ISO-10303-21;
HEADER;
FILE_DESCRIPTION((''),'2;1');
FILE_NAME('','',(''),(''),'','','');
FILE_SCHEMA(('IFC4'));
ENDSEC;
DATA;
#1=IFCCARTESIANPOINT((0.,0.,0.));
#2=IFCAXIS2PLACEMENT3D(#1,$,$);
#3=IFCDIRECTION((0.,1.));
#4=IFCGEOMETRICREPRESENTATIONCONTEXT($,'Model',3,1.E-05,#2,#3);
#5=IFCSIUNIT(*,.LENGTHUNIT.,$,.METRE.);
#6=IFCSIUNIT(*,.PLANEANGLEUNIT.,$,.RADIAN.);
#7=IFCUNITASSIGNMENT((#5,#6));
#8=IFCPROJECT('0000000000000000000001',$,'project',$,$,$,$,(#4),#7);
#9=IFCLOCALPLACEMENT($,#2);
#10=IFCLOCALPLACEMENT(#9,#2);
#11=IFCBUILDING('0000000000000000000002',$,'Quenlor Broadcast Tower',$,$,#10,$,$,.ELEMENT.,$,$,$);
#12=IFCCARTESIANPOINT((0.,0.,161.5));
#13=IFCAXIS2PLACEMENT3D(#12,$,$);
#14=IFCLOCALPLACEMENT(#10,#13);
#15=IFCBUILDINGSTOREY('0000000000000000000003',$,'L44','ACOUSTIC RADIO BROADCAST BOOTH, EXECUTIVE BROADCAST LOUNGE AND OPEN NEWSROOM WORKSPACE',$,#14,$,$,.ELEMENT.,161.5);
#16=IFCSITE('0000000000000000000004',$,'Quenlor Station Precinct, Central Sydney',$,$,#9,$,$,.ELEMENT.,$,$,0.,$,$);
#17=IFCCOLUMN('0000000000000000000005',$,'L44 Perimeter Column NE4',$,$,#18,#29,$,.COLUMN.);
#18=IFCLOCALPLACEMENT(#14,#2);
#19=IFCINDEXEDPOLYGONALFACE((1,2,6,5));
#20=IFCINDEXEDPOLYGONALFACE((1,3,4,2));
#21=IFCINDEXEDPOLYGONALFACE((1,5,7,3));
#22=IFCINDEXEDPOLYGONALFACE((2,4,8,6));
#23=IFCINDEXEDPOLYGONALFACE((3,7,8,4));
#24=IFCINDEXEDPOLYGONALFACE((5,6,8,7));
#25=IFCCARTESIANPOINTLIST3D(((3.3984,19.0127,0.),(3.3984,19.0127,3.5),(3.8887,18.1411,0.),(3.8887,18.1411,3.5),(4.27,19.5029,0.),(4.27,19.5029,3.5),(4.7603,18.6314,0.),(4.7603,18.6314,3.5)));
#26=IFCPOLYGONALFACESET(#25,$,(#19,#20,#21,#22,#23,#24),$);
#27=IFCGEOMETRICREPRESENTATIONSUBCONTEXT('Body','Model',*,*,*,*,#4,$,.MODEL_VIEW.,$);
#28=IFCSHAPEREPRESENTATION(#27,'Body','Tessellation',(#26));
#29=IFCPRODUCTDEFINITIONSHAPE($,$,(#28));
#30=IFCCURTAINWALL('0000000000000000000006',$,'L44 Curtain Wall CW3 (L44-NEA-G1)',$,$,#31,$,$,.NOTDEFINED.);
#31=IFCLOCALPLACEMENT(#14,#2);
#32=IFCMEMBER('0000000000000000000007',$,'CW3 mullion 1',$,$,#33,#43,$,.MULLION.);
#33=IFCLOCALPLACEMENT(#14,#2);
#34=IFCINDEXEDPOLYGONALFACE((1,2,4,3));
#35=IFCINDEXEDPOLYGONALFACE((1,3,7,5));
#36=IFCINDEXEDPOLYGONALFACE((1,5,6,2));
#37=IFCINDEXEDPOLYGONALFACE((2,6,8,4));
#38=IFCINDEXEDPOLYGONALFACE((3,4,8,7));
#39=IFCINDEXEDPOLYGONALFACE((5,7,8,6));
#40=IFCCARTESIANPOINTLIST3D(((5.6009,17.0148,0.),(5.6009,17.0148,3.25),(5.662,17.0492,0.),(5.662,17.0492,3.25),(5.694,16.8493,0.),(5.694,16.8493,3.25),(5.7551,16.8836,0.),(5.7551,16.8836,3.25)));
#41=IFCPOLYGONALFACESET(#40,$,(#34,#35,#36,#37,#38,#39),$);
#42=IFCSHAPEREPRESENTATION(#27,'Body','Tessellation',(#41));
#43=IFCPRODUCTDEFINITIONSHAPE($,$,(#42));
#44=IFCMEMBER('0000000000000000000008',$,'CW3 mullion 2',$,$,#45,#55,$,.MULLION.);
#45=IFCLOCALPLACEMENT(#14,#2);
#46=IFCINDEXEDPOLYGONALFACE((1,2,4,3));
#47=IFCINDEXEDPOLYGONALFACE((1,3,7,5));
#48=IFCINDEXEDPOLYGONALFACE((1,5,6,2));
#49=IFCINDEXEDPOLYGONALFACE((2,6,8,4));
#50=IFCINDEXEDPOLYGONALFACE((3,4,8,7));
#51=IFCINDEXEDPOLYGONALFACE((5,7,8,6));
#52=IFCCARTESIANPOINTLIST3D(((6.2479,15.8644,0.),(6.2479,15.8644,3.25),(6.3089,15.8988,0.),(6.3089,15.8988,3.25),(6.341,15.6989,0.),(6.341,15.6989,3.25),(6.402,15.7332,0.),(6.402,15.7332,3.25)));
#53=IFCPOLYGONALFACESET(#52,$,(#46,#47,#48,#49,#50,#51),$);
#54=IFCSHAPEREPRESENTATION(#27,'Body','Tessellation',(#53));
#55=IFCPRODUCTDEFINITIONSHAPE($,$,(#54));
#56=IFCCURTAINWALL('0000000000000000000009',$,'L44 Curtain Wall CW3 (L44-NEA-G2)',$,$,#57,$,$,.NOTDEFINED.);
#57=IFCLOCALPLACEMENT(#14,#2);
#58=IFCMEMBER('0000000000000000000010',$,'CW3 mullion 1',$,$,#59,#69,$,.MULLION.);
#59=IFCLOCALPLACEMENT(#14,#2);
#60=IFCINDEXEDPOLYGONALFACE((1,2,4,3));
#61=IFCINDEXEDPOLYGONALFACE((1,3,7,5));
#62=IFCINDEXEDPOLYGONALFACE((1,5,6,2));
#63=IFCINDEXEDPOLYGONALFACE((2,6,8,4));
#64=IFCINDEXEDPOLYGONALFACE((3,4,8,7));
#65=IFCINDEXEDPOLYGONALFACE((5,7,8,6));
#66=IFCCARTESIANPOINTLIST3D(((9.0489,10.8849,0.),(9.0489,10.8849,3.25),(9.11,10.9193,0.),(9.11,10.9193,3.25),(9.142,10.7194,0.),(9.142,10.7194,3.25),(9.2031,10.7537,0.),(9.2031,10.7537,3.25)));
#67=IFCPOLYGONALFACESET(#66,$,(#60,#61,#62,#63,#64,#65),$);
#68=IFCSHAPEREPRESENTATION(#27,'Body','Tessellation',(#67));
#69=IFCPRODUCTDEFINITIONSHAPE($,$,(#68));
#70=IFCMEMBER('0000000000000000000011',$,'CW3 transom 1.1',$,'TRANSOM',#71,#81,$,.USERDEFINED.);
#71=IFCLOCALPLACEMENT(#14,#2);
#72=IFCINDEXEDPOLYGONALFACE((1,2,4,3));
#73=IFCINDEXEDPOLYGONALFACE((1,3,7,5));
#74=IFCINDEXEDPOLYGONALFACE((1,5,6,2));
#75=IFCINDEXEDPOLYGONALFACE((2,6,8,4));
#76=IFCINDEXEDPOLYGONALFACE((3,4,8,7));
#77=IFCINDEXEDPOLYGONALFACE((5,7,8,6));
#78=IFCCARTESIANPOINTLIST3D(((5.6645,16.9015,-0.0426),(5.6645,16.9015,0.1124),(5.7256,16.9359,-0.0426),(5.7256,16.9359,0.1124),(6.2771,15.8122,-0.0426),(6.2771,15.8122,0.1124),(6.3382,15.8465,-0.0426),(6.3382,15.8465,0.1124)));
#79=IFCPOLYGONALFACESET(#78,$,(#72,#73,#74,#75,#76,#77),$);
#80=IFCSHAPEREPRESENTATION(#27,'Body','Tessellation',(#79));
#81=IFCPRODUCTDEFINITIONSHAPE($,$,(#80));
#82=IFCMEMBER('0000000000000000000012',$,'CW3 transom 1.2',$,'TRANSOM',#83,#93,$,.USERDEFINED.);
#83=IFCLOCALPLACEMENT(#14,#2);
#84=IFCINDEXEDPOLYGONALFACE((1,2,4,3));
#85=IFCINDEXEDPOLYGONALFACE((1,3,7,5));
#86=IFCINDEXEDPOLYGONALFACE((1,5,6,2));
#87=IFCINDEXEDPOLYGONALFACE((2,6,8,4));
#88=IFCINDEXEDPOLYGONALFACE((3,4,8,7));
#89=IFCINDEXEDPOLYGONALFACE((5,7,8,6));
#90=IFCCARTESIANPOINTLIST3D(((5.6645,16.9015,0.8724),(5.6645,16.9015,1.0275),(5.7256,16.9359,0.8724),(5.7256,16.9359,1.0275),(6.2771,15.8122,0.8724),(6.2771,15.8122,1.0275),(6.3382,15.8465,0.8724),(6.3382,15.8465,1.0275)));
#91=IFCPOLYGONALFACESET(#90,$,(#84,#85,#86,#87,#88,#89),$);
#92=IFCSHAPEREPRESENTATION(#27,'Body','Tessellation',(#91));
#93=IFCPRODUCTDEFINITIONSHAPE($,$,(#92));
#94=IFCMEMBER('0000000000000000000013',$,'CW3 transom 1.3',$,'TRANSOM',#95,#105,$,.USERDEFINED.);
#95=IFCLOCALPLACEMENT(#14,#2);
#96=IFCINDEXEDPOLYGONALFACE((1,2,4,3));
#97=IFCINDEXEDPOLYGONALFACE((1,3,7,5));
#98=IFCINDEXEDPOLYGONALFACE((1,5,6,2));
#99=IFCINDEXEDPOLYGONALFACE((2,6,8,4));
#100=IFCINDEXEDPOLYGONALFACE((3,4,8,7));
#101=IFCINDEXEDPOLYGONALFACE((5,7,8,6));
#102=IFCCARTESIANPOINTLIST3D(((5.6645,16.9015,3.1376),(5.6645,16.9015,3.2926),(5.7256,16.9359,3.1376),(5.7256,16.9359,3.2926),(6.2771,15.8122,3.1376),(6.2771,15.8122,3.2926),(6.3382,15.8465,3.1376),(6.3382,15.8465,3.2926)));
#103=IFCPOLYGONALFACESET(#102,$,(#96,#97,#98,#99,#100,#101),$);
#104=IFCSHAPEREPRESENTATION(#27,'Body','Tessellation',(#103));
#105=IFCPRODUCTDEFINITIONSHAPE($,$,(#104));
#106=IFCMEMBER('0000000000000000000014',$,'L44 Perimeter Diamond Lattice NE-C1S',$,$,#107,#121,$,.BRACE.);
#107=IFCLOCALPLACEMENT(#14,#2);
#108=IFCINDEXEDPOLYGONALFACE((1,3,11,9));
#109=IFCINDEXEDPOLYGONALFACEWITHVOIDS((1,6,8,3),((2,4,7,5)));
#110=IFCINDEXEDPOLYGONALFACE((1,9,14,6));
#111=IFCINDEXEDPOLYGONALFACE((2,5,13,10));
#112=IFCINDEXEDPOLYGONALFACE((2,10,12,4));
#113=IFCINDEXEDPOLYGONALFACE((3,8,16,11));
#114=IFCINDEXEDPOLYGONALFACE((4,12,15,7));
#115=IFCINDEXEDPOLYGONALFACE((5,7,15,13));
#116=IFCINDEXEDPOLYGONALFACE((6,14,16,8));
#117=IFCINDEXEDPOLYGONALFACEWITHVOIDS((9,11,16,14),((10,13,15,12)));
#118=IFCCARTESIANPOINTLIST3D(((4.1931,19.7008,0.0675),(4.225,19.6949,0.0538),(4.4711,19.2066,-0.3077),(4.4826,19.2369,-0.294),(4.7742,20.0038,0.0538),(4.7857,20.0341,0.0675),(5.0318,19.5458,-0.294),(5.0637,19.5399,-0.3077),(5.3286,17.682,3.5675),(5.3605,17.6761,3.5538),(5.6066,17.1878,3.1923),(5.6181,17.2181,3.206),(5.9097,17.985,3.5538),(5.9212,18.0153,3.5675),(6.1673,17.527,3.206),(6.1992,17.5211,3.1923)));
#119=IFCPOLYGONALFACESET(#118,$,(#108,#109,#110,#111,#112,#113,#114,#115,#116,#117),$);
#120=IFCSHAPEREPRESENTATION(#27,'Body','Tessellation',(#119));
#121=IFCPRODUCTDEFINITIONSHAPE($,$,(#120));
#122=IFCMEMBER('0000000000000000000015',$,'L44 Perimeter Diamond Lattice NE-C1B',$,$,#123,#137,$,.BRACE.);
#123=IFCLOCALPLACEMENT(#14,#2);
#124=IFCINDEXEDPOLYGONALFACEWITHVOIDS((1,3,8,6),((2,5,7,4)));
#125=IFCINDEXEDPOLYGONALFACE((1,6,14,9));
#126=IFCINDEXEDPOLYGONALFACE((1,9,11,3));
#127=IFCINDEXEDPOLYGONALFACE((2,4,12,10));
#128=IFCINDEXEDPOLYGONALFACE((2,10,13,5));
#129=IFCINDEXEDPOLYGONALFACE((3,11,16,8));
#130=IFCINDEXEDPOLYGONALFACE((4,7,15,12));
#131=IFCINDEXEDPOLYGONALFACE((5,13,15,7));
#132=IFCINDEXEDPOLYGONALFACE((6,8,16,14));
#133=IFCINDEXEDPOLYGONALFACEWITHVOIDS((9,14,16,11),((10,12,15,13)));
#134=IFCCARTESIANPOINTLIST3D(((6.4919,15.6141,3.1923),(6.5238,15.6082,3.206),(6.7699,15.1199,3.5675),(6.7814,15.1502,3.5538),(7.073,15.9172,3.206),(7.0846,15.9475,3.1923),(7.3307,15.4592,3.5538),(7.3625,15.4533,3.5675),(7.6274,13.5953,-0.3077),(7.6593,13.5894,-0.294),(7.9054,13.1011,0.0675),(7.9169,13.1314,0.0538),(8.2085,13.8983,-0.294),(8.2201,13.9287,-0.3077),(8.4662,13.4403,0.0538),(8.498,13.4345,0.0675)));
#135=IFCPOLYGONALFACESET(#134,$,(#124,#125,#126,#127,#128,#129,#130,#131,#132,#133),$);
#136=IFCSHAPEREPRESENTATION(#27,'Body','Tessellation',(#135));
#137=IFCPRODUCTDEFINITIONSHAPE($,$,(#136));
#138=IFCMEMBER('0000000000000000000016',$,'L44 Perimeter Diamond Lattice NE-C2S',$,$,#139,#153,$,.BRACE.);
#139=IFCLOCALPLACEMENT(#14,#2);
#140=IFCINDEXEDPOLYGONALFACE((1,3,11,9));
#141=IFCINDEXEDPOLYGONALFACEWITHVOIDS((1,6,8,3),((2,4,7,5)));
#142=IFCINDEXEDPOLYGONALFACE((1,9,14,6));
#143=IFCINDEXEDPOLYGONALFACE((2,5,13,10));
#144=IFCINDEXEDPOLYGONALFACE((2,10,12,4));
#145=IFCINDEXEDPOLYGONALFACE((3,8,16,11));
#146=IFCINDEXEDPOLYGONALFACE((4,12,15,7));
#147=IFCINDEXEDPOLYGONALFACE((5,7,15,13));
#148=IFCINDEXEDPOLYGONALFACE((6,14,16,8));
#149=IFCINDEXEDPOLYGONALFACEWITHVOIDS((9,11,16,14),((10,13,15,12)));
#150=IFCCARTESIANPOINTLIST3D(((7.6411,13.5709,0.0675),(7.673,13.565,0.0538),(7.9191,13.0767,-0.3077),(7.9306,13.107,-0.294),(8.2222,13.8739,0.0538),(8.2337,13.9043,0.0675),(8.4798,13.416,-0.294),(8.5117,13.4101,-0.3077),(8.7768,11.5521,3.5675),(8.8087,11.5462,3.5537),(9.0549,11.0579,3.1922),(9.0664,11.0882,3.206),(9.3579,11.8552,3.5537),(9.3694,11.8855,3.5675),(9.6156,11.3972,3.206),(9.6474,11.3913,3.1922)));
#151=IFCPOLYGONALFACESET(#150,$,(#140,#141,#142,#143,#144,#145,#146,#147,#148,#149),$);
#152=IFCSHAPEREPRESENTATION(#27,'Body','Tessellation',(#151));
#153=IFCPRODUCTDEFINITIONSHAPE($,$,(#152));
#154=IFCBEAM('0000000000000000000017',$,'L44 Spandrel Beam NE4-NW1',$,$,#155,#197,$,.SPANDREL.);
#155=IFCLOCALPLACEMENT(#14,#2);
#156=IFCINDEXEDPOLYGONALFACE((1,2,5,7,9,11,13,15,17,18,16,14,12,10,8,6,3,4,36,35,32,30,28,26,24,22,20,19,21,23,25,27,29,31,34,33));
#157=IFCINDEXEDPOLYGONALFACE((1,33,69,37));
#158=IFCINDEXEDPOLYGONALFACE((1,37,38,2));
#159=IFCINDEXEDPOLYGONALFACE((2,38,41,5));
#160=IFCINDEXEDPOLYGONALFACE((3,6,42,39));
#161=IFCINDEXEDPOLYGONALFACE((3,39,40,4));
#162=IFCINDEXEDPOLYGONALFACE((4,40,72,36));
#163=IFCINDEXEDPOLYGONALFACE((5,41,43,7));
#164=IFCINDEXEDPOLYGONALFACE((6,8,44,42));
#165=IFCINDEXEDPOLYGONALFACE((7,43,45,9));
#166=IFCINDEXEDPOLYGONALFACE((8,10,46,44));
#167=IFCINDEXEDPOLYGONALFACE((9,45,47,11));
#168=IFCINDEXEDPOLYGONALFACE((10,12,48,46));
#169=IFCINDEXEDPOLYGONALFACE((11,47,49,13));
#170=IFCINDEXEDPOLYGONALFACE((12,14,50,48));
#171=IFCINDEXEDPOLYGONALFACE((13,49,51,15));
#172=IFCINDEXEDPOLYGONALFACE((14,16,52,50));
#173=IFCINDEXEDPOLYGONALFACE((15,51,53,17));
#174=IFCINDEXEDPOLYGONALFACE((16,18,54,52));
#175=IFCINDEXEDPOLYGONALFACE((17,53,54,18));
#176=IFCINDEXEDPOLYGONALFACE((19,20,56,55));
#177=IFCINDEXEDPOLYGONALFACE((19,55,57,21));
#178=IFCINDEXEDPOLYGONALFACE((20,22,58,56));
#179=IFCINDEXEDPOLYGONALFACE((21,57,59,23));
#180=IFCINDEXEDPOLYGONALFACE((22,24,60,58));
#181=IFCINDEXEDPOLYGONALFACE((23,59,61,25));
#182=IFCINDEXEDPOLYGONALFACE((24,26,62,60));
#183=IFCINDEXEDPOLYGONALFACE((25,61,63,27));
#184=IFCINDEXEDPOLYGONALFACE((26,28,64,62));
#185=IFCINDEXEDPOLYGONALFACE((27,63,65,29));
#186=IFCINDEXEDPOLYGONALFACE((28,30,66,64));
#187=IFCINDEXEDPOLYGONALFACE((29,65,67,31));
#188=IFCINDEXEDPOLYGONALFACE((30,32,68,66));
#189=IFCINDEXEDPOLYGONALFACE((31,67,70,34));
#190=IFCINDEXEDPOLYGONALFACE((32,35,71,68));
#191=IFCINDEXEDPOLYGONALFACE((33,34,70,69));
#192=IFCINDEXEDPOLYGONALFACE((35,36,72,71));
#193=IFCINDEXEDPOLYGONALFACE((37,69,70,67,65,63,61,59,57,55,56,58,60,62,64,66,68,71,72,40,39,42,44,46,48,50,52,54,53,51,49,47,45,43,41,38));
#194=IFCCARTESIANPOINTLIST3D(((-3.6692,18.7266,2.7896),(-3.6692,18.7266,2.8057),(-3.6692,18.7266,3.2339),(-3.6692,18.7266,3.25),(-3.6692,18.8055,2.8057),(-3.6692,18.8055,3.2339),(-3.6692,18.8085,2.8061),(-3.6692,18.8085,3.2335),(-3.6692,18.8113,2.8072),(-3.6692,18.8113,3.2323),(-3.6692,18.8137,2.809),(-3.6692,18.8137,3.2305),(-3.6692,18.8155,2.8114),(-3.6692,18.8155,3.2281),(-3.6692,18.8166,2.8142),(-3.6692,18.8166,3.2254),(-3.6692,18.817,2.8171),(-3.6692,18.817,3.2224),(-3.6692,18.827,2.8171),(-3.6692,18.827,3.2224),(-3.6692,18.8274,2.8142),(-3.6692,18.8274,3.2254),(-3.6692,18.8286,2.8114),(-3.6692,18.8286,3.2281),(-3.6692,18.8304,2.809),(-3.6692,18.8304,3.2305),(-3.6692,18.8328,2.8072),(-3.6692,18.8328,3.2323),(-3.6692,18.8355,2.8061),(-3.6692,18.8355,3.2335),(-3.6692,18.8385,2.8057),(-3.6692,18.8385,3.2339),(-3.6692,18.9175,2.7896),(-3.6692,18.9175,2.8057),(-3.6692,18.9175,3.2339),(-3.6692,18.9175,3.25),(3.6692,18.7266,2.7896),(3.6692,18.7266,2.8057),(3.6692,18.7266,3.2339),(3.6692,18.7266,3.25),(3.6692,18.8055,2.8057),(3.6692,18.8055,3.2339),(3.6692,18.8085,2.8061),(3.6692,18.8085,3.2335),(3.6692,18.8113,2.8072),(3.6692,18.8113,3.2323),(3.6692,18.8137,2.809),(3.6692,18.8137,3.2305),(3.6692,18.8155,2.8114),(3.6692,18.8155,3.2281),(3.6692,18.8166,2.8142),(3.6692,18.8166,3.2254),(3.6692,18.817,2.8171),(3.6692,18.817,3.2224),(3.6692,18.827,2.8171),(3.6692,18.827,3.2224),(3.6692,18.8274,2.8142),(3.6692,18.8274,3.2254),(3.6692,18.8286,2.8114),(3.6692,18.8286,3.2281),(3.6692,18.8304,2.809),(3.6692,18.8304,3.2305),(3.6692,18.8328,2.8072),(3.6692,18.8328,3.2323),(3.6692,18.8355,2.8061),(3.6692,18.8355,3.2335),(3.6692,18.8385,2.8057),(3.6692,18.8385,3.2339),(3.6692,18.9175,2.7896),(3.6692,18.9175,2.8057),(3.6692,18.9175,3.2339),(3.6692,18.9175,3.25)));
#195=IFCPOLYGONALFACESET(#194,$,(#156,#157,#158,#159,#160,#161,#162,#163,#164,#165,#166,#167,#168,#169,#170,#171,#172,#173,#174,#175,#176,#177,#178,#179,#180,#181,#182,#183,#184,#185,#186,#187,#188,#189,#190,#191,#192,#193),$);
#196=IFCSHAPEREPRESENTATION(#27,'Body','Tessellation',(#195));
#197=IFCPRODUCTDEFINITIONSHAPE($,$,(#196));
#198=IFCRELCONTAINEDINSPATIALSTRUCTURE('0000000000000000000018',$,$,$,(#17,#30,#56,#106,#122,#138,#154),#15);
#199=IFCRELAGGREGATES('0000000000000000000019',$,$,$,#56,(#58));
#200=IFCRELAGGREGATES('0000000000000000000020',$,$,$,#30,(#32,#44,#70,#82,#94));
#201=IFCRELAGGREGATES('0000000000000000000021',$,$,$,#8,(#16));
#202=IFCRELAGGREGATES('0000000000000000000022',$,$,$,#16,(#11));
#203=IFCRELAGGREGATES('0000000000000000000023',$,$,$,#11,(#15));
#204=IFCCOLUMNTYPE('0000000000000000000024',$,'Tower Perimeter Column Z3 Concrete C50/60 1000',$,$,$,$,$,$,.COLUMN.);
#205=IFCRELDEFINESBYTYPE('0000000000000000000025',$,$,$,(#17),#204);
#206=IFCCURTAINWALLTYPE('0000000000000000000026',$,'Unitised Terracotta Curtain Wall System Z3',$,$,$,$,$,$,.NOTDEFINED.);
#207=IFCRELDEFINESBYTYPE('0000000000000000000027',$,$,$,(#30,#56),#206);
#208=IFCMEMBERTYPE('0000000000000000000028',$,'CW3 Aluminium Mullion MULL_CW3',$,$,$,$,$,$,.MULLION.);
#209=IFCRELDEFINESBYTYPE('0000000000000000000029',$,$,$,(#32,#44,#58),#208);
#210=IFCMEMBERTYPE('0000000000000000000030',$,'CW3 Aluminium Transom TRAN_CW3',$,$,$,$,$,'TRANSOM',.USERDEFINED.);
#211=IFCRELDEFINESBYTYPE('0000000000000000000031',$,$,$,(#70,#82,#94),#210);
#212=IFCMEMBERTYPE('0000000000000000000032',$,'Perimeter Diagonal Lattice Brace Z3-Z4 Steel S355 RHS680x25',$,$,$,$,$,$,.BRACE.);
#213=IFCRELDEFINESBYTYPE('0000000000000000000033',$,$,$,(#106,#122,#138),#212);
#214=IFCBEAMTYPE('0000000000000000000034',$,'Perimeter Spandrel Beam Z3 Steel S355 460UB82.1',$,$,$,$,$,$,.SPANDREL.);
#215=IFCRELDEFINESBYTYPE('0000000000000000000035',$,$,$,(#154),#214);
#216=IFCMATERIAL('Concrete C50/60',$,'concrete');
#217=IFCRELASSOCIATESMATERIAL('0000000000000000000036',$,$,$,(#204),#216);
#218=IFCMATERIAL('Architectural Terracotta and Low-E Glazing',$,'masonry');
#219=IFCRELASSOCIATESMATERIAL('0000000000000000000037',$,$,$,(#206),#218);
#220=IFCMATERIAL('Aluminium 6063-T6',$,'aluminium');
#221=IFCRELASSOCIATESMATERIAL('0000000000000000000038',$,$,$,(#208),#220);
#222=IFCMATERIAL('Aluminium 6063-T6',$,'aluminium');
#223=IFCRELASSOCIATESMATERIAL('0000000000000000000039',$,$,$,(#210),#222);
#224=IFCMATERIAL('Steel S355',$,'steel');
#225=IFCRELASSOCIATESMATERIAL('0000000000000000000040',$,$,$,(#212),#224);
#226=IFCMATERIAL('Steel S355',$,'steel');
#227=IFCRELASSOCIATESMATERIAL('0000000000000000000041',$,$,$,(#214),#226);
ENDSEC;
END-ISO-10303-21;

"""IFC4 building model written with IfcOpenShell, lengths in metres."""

from ifc_helpers import new_model, si_unit, direction, frame, origin, origin_2d, place, context, subcontext, project, spatial, rectangle, hollow_rectangle, i_section, extrude, material, material_profile, profile_set, type_object, element, aggregate, save


model = new_model("IFC4")

# Units and contexts
model_context = context("Model", 3, precision=1e-05, world=origin(), true_north=direction((0.0, 1.0)))
body_context = subcontext(model_context, "Body", "Model", "MODEL_VIEW")
ifc_project = project(units=[si_unit("LENGTHUNIT", "METRE"), si_unit("PLANEANGLEUNIT", "RADIAN")], contexts=[model_context])

# Site, building, storey
site_placement = place(None, origin())
site = spatial("IfcSite", under=ifc_project, at=site_placement, Name="Quenlor Station Precinct, Central Sydney", CompositionType="ELEMENT", RefElevation=0.0)
building_placement = place(site_placement, origin())
building = spatial("IfcBuilding", under=site, at=building_placement, Name="Quenlor Broadcast Tower", CompositionType="ELEMENT")
storey_placement = place(building_placement, frame((0.0, 0.0, 161.5)))
storey = spatial("IfcBuildingStorey", under=building, at=storey_placement, Name="L44", Description="ACOUSTIC RADIO BROADCAST BOOTH, EXECUTIVE BROADCAST LOUNGE AND OPEN NEWSROOM WORKSPACE", CompositionType="ELEMENT", Elevation=161.5)

# Column
ifc_material_1 = material(Name="Concrete C50/60", Category="concrete")
ifc_material_profile_1 = material_profile(ifc_material_1, rectangle(XDim=1.0, YDim=1.0, at=origin_2d()))
ifc_profile_set_1 = profile_set([ifc_material_profile_1], Name="Concrete C50/60 RC1000x1000")
column_type = type_object("IfcColumnType", Name="Tower Perimeter Column Z3 Concrete C50/60 1000", PredefinedType="COLUMN", material=ifc_profile_set_1)
column_placement = place(storey_placement, frame((4.0793, 18.822, 0.0), z_axis=(0.0, 0.0, 1.0), x_axis=(0.871575, 0.490262, 0.0)))
element("IfcColumn", 1, at=column_placement, inside=storey, type_object=column_type, Name="L44 Perimeter Column NE4", PredefinedType="COLUMN", context=body_context, shape_type="SweptSolid", body=[
    extrude(rectangle(XDim=1.0, YDim=1.0, at=origin_2d()), origin(), (0.0, 0.0, 1.0), 3.5),
])

# Curtain wall, members
ifc_material_2 = material(Name="Architectural Terracotta and Low-E Glazing", Category="masonry")
curtain_wall_type = type_object("IfcCurtainWallType", Name="Unitised Terracotta Curtain Wall System Z3", PredefinedType="NOTDEFINED", material=ifc_material_2)
curtain_wall_1_placement = place(storey_placement, origin())
curtain_wall_1 = element("IfcCurtainWall", 2, at=curtain_wall_1_placement, inside=storey, type_object=curtain_wall_type, Name="L44 Curtain Wall CW3 (L44-NEA-G1)", PredefinedType="NOTDEFINED")
ifc_material_3 = material(Name="Aluminium 6063-T6", Category="aluminium")
ifc_material_profile_2 = material_profile(ifc_material_3, rectangle(XDim=0.0701, YDim=0.1899, at=origin_2d()))
ifc_profile_set_2 = profile_set([ifc_material_profile_2], Name="Aluminium 6063-T6 MULL70x190")
member_type_1 = type_object("IfcMemberType", Name="CW3 Aluminium Mullion MULL_CW3", PredefinedType="MULLION", material=ifc_profile_set_2)
member_1_placement = place(storey_placement, frame((5.678, 16.9492, 0.0), z_axis=(0.0, 0.0, 1.0), x_axis=(0.871593, 0.49023, 0.0)))
member_1 = element("IfcMember", 3, at=member_1_placement, type_object=member_type_1, Name="CW3 mullion 1", PredefinedType="MULLION", context=body_context, shape_type="SweptSolid", body=[
    extrude(rectangle(XDim=0.0701, YDim=0.1899, at=origin_2d()), origin(), (0.0, 0.0, 1.0), 3.25),
])
member_2_placement = place(storey_placement, frame((6.325, 15.7988, 0.0), z_axis=(0.0, 0.0, 1.0), x_axis=(0.871593, 0.49023, 0.0)))
member_2 = element("IfcMember", 4, at=member_2_placement, type_object=member_type_1, Name="CW3 mullion 2", PredefinedType="MULLION", context=body_context, shape_type="SweptSolid", body=[
    extrude(rectangle(XDim=0.0701, YDim=0.1899, at=origin_2d()), origin(), (0.0, 0.0, 1.0), 3.25),
])

# Curtain wall, member
curtain_wall_2_placement = place(storey_placement, origin())
curtain_wall_2 = element("IfcCurtainWall", 5, at=curtain_wall_2_placement, inside=storey, type_object=curtain_wall_type, Name="L44 Curtain Wall CW3 (L44-NEA-G2)", PredefinedType="NOTDEFINED")
member_3_placement = place(storey_placement, frame((9.126, 10.8193, 0.0), z_axis=(0.0, 0.0, 1.0), x_axis=(0.871601, 0.490216, 0.0)))
member_3 = element("IfcMember", 6, at=member_3_placement, type_object=member_type_1, Name="CW3 mullion 1", PredefinedType="MULLION", context=body_context, shape_type="SweptSolid", body=[
    extrude(rectangle(XDim=0.0701, YDim=0.1899, at=origin_2d()), origin(), (0.0, 0.0, 1.0), 3.25),
])
aggregate(curtain_wall_2, [member_3])

# Members
ifc_material_4 = material(Name="Aluminium 6063-T6", Category="aluminium")
ifc_material_profile_3 = material_profile(ifc_material_4, rectangle(XDim=0.0701, YDim=0.155, at=origin_2d()))
ifc_profile_set_3 = profile_set([ifc_material_profile_3], Name="Aluminium 6063-T6 TRAN70x155")
member_type_2 = type_object("IfcMemberType", Name="CW3 Aluminium Transom TRAN_CW3", ElementType="TRANSOM", PredefinedType="USERDEFINED", material=ifc_profile_set_3)
member_4_placement = place(storey_placement, frame((5.6951, 16.9187, 0.0349), z_axis=(0.490131, -0.871649, 0.0), x_axis=(0.871649, 0.490131, 0.0)))
member_4 = element("IfcMember", 7, at=member_4_placement, type_object=member_type_2, Name="CW3 transom 1.1", ObjectType="TRANSOM", PredefinedType="USERDEFINED", context=body_context, shape_type="SweptSolid", body=[
    extrude(rectangle(XDim=0.0701, YDim=0.155, at=origin_2d()), origin(), (0.0, 0.0, 1.0), 1.2498),
])
member_5_placement = place(storey_placement, frame((5.6951, 16.9187, 0.95), z_axis=(0.490131, -0.871649, 0.0), x_axis=(0.871649, 0.490131, 0.0)))
member_5 = element("IfcMember", 8, at=member_5_placement, type_object=member_type_2, Name="CW3 transom 1.2", ObjectType="TRANSOM", PredefinedType="USERDEFINED", context=body_context, shape_type="SweptSolid", body=[
    extrude(rectangle(XDim=0.0701, YDim=0.155, at=origin_2d()), origin(), (0.0, 0.0, 1.0), 1.2498),
])
member_6_placement = place(storey_placement, frame((5.6951, 16.9187, 3.2151), z_axis=(0.490131, -0.871649, 0.0), x_axis=(0.871649, 0.490131, 0.0)))
member_6 = element("IfcMember", 9, at=member_6_placement, type_object=member_type_2, Name="CW3 transom 1.3", ObjectType="TRANSOM", PredefinedType="USERDEFINED", context=body_context, shape_type="SweptSolid", body=[
    extrude(rectangle(XDim=0.0701, YDim=0.155, at=origin_2d()), origin(), (0.0, 0.0, 1.0), 1.2498),
])

# Members
ifc_material_5 = material(Name="Steel S355", Category="steel")
ifc_material_profile_4 = material_profile(ifc_material_5, hollow_rectangle(XDim=0.6799, YDim=0.6799, WallThickness=0.0249, at=origin_2d()))
ifc_profile_set_4 = profile_set([ifc_material_profile_4], Name="Steel S355 RHS680x680x25")
member_type_3 = type_object("IfcMemberType", Name="Perimeter Diagonal Lattice Brace Z3-Z4 Steel S355 RHS680x25", PredefinedType="BRACE", material=ifc_profile_set_4)
for number, where, z_axis, x_axis, name in (
    (10, (4.6284, 19.6204, -0.1201), (0.270549, -0.481009, 0.833927), (0.87159, 0.490236, 0.0), "L44 Perimeter Diamond Lattice NE-C1S"),
    (11, (8.0627, 13.5149, -0.1201), (-0.270549, 0.481009, 0.833927), (-0.87159, -0.490236, 0.0), "L44 Perimeter Diamond Lattice NE-C1B"),
    (12, (8.0764, 13.4905, -0.1201), (0.270603, -0.481001, 0.833914), (0.871545, 0.490316, 0.0), "L44 Perimeter Diamond Lattice NE-C2S"),
):
    element("IfcMember", number, at=place(storey_placement, frame(where, z_axis=z_axis, x_axis=x_axis)), inside=storey, type_object=member_type_3, Name=name, PredefinedType="BRACE", context=body_context, shape_type="SweptSolid", body=[
        extrude(hollow_rectangle(XDim=0.6799, YDim=0.6799, WallThickness=0.0249, at=origin_2d()), origin(), (0.0, 0.0, 1.0), 4.197),
    ])

# Beam
ifc_material_6 = material(Name="Steel S355", Category="steel")
ifc_material_profile_5 = material_profile(ifc_material_6, i_section(OverallWidth=0.1909, OverallDepth=0.4604, WebThickness=0.01, FlangeThickness=0.0161, FilletRadius=0.0115, at=origin_2d()))
ifc_profile_set_5 = profile_set([ifc_material_profile_5], Name="Steel S355 460UB82.1")
beam_type_1 = type_object("IfcBeamType", Name="Perimeter Spandrel Beam Z3 Steel S355 460UB82.1", PredefinedType="SPANDREL", material=ifc_profile_set_5)
beam_1_placement = place(storey_placement, frame((3.6692, 18.822, 3.0198), z_axis=(-1.0, 0.0, 0.0), x_axis=(0.0, -1.0, 0.0)))
element("IfcBeam", 13, at=beam_1_placement, inside=storey, type_object=beam_type_1, Name="L44 Spandrel Beam NE4-NW1", PredefinedType="SPANDREL", context=body_context, shape_type="SweptSolid", body=[
    extrude(i_section(OverallWidth=0.1909, OverallDepth=0.4604, WebThickness=0.01, FlangeThickness=0.0161, FilletRadius=0.0115, at=origin_2d()), origin(), (0.0, 0.0, 1.0), 7.3384),
])

aggregate(curtain_wall_1, [member_1, member_2, member_4, member_5, member_6])

save(model, "model.ifc")
